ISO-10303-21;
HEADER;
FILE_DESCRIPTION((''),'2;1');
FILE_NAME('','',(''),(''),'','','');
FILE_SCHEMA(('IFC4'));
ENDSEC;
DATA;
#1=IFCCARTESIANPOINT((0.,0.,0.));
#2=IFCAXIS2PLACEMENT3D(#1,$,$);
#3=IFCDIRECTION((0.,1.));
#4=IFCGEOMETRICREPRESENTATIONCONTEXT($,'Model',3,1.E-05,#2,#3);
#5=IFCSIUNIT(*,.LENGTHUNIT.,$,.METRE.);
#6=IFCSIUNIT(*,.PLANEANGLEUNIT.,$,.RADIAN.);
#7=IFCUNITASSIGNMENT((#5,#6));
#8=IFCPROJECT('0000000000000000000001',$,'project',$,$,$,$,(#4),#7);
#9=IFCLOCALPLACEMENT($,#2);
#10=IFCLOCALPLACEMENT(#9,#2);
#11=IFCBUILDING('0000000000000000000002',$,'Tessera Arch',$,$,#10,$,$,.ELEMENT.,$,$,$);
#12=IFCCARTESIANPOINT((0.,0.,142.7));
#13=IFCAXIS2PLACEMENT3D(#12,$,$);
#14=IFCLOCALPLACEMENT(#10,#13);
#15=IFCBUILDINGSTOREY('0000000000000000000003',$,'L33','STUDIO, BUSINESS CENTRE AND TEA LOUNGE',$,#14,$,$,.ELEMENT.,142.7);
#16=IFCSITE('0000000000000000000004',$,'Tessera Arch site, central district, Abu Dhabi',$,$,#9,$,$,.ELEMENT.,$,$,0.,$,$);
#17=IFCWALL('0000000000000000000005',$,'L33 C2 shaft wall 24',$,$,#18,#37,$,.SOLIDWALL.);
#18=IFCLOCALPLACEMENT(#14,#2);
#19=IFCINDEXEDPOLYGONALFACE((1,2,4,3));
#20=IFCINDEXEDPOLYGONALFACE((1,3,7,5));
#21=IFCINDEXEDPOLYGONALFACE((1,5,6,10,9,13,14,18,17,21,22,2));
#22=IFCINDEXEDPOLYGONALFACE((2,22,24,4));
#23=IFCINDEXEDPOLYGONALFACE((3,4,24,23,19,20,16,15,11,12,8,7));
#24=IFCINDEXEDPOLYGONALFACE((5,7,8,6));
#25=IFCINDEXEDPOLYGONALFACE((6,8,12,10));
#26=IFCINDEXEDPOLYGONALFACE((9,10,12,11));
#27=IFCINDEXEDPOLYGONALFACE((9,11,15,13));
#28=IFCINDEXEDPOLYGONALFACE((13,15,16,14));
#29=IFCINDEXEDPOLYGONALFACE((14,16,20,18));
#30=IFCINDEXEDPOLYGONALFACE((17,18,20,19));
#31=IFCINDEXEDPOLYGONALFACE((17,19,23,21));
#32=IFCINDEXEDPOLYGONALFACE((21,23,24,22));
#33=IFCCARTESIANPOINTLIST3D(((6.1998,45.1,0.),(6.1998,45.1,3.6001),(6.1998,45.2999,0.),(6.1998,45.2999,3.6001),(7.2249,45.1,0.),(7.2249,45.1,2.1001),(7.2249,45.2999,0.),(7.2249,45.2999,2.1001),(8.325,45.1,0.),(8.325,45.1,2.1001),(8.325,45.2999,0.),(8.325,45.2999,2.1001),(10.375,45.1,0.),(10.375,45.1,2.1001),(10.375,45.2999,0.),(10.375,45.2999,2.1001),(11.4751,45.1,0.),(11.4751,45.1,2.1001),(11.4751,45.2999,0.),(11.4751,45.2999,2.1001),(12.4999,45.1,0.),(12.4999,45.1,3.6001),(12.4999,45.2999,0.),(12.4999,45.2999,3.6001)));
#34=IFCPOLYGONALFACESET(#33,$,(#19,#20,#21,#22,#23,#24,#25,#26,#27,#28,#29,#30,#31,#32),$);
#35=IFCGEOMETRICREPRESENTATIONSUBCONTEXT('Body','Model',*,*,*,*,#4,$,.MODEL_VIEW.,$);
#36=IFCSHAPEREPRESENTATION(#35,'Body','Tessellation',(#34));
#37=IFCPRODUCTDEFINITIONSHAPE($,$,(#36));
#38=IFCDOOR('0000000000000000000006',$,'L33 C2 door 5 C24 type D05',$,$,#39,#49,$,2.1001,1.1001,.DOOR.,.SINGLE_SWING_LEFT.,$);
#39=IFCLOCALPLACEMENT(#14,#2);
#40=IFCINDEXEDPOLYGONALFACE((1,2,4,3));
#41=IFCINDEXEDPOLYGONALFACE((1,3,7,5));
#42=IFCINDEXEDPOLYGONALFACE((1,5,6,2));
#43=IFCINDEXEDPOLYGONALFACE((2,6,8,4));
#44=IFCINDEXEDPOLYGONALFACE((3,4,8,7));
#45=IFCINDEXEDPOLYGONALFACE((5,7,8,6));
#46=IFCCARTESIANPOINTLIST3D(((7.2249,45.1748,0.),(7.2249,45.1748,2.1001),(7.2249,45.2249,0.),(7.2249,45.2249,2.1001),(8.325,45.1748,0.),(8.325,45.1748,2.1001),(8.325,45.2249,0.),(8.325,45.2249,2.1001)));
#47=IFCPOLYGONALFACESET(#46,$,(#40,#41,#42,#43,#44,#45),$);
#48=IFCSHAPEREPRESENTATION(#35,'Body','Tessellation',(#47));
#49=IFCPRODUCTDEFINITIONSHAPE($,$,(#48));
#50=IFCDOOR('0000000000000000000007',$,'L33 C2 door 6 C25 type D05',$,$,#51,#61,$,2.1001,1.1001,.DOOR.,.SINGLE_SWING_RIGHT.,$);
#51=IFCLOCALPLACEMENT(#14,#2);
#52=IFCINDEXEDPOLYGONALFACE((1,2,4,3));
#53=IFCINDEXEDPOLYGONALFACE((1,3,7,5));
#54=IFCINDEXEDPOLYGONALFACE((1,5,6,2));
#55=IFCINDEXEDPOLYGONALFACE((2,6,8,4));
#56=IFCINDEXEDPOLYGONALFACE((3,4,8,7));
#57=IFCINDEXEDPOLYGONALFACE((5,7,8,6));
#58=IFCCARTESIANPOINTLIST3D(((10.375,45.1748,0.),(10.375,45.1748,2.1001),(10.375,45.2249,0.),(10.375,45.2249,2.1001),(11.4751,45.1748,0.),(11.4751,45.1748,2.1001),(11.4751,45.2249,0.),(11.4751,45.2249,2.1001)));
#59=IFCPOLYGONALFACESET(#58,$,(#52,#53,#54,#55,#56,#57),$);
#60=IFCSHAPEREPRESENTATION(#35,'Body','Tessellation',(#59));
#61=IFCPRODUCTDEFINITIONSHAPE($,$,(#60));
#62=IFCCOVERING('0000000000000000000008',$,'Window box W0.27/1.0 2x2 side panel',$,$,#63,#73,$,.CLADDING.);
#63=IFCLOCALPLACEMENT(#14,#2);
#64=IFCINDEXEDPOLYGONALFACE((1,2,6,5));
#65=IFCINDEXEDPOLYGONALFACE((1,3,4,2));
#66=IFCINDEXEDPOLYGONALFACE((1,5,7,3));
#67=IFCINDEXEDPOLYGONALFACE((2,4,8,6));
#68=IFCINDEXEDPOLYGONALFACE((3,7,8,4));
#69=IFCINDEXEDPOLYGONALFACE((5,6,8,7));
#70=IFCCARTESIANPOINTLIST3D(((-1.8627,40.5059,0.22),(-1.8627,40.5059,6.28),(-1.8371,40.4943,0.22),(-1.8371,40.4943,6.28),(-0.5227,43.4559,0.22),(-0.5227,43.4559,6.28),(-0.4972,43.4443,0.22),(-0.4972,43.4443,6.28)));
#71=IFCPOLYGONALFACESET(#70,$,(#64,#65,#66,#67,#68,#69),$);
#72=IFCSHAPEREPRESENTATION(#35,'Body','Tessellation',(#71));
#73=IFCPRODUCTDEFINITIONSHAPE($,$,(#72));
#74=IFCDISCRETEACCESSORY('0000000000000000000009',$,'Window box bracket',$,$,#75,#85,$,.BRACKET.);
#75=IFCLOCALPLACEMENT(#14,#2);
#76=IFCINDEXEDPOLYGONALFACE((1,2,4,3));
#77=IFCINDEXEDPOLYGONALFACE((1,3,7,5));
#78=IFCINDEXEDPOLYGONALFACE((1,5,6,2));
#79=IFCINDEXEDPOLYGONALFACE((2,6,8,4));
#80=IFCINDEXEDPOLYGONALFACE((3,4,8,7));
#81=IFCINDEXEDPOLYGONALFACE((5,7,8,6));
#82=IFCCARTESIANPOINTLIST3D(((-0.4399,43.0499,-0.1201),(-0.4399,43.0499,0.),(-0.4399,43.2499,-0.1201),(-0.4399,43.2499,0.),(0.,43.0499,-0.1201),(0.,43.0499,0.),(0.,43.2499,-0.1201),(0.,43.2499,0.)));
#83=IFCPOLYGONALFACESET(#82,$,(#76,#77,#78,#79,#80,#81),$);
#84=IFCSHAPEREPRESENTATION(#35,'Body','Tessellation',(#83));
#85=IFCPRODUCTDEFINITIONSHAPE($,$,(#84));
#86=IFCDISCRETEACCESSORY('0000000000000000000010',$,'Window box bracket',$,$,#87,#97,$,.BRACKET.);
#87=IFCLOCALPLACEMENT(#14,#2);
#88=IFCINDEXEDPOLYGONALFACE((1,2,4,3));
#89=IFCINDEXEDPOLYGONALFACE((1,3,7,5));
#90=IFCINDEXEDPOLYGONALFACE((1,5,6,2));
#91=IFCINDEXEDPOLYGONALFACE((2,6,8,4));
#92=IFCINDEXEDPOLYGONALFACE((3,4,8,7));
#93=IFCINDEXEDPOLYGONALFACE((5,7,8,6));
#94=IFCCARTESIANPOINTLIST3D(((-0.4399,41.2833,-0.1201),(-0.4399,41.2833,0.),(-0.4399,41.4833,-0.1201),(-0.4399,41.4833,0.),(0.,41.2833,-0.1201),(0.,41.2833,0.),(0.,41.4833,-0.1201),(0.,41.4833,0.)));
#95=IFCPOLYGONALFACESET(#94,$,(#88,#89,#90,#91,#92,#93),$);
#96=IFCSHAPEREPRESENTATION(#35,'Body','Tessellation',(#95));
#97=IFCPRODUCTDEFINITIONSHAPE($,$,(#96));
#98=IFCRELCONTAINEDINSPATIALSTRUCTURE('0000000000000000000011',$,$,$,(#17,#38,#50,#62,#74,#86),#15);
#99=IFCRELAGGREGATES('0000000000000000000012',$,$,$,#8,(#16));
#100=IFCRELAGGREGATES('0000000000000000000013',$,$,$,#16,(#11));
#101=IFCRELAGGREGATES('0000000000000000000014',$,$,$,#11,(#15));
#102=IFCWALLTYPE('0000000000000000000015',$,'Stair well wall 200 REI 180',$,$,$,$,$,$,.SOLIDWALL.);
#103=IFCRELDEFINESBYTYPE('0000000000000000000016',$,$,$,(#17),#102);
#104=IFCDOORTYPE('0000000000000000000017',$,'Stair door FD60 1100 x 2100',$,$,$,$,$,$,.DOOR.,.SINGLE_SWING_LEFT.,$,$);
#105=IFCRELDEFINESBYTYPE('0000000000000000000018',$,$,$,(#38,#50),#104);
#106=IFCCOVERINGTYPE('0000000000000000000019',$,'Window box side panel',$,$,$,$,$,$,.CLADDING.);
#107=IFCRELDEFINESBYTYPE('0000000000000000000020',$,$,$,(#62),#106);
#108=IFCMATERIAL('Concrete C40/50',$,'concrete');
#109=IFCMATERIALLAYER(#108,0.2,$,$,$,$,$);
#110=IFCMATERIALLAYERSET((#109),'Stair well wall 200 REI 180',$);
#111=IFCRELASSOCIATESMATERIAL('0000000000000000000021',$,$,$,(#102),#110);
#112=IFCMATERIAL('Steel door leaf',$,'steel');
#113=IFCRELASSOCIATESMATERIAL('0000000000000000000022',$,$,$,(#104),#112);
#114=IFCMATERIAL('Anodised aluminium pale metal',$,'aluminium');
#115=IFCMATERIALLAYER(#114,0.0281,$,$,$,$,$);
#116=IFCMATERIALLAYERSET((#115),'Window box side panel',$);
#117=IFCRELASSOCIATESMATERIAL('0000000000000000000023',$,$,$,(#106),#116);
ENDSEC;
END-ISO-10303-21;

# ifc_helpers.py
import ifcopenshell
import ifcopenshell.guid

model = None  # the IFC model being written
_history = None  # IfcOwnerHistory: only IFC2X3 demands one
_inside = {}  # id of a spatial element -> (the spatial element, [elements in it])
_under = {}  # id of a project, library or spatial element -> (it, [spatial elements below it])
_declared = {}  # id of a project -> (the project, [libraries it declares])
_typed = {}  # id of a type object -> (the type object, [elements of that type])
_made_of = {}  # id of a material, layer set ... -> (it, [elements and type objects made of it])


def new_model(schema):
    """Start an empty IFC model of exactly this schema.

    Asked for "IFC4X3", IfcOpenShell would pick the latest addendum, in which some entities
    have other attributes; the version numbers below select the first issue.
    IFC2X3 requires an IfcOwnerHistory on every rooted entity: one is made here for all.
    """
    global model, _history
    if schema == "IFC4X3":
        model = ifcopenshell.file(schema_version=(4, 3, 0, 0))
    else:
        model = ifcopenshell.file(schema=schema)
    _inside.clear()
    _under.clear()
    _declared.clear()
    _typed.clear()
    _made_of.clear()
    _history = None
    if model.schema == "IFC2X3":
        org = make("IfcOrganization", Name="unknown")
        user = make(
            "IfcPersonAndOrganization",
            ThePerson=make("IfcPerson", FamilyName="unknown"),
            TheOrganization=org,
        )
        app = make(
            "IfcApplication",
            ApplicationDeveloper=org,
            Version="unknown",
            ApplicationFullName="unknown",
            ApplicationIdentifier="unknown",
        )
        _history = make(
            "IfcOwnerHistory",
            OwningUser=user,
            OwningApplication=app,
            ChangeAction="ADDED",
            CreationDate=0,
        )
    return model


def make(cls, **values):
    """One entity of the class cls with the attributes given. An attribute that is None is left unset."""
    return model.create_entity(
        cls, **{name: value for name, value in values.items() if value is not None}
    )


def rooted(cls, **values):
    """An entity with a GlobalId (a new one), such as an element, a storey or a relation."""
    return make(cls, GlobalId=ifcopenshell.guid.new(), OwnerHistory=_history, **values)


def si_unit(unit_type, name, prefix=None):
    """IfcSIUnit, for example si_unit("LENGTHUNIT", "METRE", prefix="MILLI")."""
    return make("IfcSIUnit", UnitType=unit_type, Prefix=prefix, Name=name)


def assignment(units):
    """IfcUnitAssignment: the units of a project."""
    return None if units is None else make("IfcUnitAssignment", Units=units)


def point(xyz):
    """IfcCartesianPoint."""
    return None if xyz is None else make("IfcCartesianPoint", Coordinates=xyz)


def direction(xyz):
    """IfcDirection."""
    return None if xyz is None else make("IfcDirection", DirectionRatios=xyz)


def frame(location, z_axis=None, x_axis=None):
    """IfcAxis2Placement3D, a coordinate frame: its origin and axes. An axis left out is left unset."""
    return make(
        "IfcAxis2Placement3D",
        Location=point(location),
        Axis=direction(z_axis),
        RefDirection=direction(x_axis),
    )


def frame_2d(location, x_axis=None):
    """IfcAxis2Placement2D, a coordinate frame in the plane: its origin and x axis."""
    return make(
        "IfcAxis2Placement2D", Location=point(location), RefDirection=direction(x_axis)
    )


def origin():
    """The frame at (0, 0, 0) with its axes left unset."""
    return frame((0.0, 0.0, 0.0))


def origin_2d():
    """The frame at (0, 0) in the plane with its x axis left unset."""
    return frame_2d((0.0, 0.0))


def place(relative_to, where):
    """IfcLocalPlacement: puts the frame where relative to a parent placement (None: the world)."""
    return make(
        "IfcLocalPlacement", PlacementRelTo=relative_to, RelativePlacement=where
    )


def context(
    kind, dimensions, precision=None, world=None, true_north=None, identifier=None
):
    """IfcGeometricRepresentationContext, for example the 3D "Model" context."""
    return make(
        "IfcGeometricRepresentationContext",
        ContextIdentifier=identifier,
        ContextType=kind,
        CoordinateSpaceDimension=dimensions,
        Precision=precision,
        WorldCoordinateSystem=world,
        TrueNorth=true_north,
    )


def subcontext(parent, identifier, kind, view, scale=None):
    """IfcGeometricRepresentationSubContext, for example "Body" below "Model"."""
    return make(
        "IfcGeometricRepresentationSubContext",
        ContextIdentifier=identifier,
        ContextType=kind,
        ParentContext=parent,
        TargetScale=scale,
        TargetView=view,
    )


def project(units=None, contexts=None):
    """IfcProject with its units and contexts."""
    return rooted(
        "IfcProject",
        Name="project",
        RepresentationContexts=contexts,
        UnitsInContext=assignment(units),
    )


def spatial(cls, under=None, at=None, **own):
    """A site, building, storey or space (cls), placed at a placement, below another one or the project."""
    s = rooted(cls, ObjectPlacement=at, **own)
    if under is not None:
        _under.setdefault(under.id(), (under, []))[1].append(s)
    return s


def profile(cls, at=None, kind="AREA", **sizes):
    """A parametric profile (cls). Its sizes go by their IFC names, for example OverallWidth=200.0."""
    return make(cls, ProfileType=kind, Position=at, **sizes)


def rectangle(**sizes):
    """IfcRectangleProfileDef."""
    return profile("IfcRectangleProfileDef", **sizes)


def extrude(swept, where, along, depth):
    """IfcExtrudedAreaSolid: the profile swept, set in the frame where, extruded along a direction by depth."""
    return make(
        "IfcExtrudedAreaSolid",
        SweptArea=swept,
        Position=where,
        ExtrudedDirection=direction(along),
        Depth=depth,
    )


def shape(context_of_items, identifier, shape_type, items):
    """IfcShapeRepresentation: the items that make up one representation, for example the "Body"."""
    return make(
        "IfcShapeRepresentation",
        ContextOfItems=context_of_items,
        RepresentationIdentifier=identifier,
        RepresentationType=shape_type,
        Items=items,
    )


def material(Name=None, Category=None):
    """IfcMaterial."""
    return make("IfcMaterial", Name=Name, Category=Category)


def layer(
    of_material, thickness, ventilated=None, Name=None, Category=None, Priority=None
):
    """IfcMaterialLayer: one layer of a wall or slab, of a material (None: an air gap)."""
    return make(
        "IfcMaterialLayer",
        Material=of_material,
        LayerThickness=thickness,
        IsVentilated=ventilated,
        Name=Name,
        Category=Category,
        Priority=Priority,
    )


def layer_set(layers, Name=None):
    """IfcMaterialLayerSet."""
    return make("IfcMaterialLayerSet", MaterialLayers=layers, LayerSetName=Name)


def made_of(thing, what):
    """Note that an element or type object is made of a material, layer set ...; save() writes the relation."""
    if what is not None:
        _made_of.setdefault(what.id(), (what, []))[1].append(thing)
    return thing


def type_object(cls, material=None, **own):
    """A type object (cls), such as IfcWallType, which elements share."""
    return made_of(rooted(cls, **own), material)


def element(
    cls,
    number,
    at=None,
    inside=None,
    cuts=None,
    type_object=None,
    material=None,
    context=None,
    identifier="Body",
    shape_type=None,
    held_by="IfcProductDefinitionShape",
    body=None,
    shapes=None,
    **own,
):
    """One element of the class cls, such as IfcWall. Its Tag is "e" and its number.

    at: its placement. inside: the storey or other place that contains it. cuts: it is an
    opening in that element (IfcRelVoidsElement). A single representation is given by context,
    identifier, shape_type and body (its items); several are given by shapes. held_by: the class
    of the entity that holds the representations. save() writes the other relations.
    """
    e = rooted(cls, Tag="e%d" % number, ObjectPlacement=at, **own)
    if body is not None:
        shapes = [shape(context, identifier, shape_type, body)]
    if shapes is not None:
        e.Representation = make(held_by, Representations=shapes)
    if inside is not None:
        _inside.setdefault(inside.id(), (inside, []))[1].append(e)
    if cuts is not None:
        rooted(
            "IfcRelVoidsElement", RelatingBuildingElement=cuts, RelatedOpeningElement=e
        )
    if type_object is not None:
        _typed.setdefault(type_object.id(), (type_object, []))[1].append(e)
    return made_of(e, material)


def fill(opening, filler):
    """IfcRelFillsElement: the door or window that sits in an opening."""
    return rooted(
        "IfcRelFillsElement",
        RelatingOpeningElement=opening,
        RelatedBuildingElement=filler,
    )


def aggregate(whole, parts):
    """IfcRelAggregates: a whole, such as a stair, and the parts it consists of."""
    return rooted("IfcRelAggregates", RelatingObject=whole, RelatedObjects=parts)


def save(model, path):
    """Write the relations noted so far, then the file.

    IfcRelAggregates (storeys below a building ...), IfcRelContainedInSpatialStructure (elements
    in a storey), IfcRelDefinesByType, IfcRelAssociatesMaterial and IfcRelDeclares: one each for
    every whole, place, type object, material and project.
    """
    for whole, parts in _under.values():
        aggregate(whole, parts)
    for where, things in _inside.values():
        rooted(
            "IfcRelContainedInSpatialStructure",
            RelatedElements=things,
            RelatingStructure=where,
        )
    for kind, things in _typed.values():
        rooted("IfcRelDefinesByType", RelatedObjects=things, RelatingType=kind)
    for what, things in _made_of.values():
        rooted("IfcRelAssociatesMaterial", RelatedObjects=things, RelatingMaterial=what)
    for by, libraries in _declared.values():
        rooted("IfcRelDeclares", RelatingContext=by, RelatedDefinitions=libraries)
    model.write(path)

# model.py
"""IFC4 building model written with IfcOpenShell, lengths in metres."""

from ifc_helpers import new_model, si_unit, direction, frame, frame_2d, origin, origin_2d, place, context, subcontext, project, spatial, rectangle, extrude, material, layer, layer_set, type_object, element, fill, save


model = new_model("IFC4")

# Units and contexts
model_context = context("Model", 3, precision=1e-05, world=origin(), true_north=direction((0.0, 1.0)))
body_context = subcontext(model_context, "Body", "Model", "MODEL_VIEW")
ifc_project = project(units=[si_unit("LENGTHUNIT", "METRE"), si_unit("PLANEANGLEUNIT", "RADIAN")], contexts=[model_context])

# Site, building, storey
site_placement = place(None, origin())
site = spatial("IfcSite", under=ifc_project, at=site_placement, Name="Tessera Arch site, central district, Abu Dhabi", CompositionType="ELEMENT", RefElevation=0.0)
building_placement = place(site_placement, origin())
building = spatial("IfcBuilding", under=site, at=building_placement, Name="Tessera Arch", CompositionType="ELEMENT")
storey_placement = place(building_placement, frame((0.0, 0.0, 142.7)))
storey = spatial("IfcBuildingStorey", under=building, at=storey_placement, Name="L33", Description="STUDIO, BUSINESS CENTRE AND TEA LOUNGE", CompositionType="ELEMENT", Elevation=142.7)

# Wall, openings, doors
ifc_material_1 = material(Name="Concrete C40/50", Category="concrete")
ifc_layer_1 = layer(ifc_material_1, 0.2)
ifc_layer_set_1 = layer_set([ifc_layer_1], Name="Stair well wall 200 REI 180")
wall_type_1 = type_object("IfcWallType", Name="Stair well wall 200 REI 180", PredefinedType="SOLIDWALL", material=ifc_layer_set_1)
wall_1_placement = place(storey_placement, frame((6.2, 45.2, 0.0), z_axis=(0.0, 0.0, 1.0), x_axis=(1.0, 0.0, 0.0)))
wall_1 = element("IfcWall", 1, at=wall_1_placement, inside=storey, type_object=wall_type_1, Name="L33 C2 shaft wall 24", PredefinedType="SOLIDWALL", context=body_context, shape_type="SweptSolid", body=[
    extrude(rectangle(XDim=6.3, YDim=0.2, at=frame_2d((3.1499, 0.0))), origin(), (0.0, 0.0, 1.0), 3.6001),
])
opening_1_placement = place(wall_1_placement, frame((1.0249, 0.0, 0.0)))
opening_1 = element("IfcOpeningElement", 2, at=opening_1_placement, cuts=wall_1, PredefinedType="OPENING", context=body_context, shape_type="SweptSolid", body=[
    extrude(rectangle(XDim=1.1001, YDim=2.1001, at=frame_2d((0.55, 1.05))), frame((0.0, 0.1099, 0.0), z_axis=(0.0, -1.0, 0.0), x_axis=(1.0, 0.0, 0.0)), (0.0, 0.0, 1.0), 0.22),
])
opening_2_placement = place(wall_1_placement, frame((4.175, 0.0, 0.0)))
opening_2 = element("IfcOpeningElement", 3, at=opening_2_placement, cuts=wall_1, PredefinedType="OPENING", context=body_context, shape_type="SweptSolid", body=[
    extrude(rectangle(XDim=1.1001, YDim=2.1001, at=frame_2d((0.55, 1.05))), frame((0.0, 0.1099, 0.0), z_axis=(0.0, -1.0, 0.0), x_axis=(1.0, 0.0, 0.0)), (0.0, 0.0, 1.0), 0.22),
])
ifc_material_2 = material(Name="Steel door leaf", Category="steel")
door_type_1 = type_object("IfcDoorType", Name="Stair door FD60 1100 x 2100", OperationType="SINGLE_SWING_LEFT", PredefinedType="DOOR", material=ifc_material_2)
door_1_placement = place(opening_1_placement, origin())
door_1 = element("IfcDoor", 4, at=door_1_placement, inside=storey, type_object=door_type_1, Name="L33 C2 door 5 C24 type D05", OperationType="SINGLE_SWING_LEFT", OverallHeight=2.1001, OverallWidth=1.1001, PredefinedType="DOOR", context=body_context, shape_type="SweptSolid", body=[
    extrude(rectangle(XDim=1.1001, YDim=2.1001, at=frame_2d((0.55, 1.05))), frame((0.0, 0.0249, 0.0), z_axis=(0.0, -1.0, 0.0), x_axis=(1.0, 0.0, 0.0)), (0.0, 0.0, 1.0), 0.05),
])
fill(opening_1, door_1)
door_2_placement = place(opening_2_placement, origin())
door_2 = element("IfcDoor", 5, at=door_2_placement, inside=storey, type_object=door_type_1, Name="L33 C2 door 6 C25 type D05", OperationType="SINGLE_SWING_RIGHT", OverallHeight=2.1001, OverallWidth=1.1001, PredefinedType="DOOR", context=body_context, shape_type="SweptSolid", body=[
    extrude(rectangle(XDim=1.1001, YDim=2.1001, at=frame_2d((0.55, 1.05))), frame((0.0, 0.0249, 0.0), z_axis=(0.0, -1.0, 0.0), x_axis=(1.0, 0.0, 0.0)), (0.0, 0.0, 1.0), 0.05),
])
fill(opening_2, door_2)

# Covering
ifc_material_3 = material(Name="Anodised aluminium pale metal", Category="aluminium")
ifc_layer_2 = layer(ifc_material_3, 0.0281)
ifc_layer_set_2 = layer_set([ifc_layer_2], Name="Window box side panel")
covering_type = type_object("IfcCoveringType", Name="Window box side panel", PredefinedType="CLADDING", material=ifc_layer_set_2)
covering_placement = place(storey_placement, frame((-1.1799, 41.9751, 0.22), z_axis=(0.0, 0.0, 1.0), x_axis=(-0.41357, -0.910472, 0.0)))
element("IfcCovering", 6, at=covering_placement, inside=storey, type_object=covering_type, Name="Window box W0.27/1.0 2x2 side panel", PredefinedType="CLADDING", context=body_context, shape_type="SweptSolid", body=[
    extrude(rectangle(XDim=3.24, YDim=0.0281, at=origin_2d()), origin(), (0.0, 0.0, 1.0), 6.0601),
])

# Discrete accessories
for number, where, z_axis, x_axis, name in (
    (7, (-0.22, 43.1499, -0.1201), (0.0, 0.0, 1.0), (-1.0, 0.0, 0.0), "Window box bracket"),
    (8, (-0.22, 41.3833, -0.1201), (0.0, 0.0, 1.0), (-1.0, 0.0, 0.0), "Window box bracket"),
):
    element("IfcDiscreteAccessory", number, at=place(storey_placement, frame(where, z_axis=z_axis, x_axis=x_axis)), inside=storey, Name=name, PredefinedType="BRACKET", context=body_context, shape_type="SweptSolid", body=[
        extrude(rectangle(XDim=0.4399, YDim=0.2, at=origin_2d()), origin(), (0.0, 0.0, 1.0), 0.1201),
    ])

save(model, "model.ifc")
